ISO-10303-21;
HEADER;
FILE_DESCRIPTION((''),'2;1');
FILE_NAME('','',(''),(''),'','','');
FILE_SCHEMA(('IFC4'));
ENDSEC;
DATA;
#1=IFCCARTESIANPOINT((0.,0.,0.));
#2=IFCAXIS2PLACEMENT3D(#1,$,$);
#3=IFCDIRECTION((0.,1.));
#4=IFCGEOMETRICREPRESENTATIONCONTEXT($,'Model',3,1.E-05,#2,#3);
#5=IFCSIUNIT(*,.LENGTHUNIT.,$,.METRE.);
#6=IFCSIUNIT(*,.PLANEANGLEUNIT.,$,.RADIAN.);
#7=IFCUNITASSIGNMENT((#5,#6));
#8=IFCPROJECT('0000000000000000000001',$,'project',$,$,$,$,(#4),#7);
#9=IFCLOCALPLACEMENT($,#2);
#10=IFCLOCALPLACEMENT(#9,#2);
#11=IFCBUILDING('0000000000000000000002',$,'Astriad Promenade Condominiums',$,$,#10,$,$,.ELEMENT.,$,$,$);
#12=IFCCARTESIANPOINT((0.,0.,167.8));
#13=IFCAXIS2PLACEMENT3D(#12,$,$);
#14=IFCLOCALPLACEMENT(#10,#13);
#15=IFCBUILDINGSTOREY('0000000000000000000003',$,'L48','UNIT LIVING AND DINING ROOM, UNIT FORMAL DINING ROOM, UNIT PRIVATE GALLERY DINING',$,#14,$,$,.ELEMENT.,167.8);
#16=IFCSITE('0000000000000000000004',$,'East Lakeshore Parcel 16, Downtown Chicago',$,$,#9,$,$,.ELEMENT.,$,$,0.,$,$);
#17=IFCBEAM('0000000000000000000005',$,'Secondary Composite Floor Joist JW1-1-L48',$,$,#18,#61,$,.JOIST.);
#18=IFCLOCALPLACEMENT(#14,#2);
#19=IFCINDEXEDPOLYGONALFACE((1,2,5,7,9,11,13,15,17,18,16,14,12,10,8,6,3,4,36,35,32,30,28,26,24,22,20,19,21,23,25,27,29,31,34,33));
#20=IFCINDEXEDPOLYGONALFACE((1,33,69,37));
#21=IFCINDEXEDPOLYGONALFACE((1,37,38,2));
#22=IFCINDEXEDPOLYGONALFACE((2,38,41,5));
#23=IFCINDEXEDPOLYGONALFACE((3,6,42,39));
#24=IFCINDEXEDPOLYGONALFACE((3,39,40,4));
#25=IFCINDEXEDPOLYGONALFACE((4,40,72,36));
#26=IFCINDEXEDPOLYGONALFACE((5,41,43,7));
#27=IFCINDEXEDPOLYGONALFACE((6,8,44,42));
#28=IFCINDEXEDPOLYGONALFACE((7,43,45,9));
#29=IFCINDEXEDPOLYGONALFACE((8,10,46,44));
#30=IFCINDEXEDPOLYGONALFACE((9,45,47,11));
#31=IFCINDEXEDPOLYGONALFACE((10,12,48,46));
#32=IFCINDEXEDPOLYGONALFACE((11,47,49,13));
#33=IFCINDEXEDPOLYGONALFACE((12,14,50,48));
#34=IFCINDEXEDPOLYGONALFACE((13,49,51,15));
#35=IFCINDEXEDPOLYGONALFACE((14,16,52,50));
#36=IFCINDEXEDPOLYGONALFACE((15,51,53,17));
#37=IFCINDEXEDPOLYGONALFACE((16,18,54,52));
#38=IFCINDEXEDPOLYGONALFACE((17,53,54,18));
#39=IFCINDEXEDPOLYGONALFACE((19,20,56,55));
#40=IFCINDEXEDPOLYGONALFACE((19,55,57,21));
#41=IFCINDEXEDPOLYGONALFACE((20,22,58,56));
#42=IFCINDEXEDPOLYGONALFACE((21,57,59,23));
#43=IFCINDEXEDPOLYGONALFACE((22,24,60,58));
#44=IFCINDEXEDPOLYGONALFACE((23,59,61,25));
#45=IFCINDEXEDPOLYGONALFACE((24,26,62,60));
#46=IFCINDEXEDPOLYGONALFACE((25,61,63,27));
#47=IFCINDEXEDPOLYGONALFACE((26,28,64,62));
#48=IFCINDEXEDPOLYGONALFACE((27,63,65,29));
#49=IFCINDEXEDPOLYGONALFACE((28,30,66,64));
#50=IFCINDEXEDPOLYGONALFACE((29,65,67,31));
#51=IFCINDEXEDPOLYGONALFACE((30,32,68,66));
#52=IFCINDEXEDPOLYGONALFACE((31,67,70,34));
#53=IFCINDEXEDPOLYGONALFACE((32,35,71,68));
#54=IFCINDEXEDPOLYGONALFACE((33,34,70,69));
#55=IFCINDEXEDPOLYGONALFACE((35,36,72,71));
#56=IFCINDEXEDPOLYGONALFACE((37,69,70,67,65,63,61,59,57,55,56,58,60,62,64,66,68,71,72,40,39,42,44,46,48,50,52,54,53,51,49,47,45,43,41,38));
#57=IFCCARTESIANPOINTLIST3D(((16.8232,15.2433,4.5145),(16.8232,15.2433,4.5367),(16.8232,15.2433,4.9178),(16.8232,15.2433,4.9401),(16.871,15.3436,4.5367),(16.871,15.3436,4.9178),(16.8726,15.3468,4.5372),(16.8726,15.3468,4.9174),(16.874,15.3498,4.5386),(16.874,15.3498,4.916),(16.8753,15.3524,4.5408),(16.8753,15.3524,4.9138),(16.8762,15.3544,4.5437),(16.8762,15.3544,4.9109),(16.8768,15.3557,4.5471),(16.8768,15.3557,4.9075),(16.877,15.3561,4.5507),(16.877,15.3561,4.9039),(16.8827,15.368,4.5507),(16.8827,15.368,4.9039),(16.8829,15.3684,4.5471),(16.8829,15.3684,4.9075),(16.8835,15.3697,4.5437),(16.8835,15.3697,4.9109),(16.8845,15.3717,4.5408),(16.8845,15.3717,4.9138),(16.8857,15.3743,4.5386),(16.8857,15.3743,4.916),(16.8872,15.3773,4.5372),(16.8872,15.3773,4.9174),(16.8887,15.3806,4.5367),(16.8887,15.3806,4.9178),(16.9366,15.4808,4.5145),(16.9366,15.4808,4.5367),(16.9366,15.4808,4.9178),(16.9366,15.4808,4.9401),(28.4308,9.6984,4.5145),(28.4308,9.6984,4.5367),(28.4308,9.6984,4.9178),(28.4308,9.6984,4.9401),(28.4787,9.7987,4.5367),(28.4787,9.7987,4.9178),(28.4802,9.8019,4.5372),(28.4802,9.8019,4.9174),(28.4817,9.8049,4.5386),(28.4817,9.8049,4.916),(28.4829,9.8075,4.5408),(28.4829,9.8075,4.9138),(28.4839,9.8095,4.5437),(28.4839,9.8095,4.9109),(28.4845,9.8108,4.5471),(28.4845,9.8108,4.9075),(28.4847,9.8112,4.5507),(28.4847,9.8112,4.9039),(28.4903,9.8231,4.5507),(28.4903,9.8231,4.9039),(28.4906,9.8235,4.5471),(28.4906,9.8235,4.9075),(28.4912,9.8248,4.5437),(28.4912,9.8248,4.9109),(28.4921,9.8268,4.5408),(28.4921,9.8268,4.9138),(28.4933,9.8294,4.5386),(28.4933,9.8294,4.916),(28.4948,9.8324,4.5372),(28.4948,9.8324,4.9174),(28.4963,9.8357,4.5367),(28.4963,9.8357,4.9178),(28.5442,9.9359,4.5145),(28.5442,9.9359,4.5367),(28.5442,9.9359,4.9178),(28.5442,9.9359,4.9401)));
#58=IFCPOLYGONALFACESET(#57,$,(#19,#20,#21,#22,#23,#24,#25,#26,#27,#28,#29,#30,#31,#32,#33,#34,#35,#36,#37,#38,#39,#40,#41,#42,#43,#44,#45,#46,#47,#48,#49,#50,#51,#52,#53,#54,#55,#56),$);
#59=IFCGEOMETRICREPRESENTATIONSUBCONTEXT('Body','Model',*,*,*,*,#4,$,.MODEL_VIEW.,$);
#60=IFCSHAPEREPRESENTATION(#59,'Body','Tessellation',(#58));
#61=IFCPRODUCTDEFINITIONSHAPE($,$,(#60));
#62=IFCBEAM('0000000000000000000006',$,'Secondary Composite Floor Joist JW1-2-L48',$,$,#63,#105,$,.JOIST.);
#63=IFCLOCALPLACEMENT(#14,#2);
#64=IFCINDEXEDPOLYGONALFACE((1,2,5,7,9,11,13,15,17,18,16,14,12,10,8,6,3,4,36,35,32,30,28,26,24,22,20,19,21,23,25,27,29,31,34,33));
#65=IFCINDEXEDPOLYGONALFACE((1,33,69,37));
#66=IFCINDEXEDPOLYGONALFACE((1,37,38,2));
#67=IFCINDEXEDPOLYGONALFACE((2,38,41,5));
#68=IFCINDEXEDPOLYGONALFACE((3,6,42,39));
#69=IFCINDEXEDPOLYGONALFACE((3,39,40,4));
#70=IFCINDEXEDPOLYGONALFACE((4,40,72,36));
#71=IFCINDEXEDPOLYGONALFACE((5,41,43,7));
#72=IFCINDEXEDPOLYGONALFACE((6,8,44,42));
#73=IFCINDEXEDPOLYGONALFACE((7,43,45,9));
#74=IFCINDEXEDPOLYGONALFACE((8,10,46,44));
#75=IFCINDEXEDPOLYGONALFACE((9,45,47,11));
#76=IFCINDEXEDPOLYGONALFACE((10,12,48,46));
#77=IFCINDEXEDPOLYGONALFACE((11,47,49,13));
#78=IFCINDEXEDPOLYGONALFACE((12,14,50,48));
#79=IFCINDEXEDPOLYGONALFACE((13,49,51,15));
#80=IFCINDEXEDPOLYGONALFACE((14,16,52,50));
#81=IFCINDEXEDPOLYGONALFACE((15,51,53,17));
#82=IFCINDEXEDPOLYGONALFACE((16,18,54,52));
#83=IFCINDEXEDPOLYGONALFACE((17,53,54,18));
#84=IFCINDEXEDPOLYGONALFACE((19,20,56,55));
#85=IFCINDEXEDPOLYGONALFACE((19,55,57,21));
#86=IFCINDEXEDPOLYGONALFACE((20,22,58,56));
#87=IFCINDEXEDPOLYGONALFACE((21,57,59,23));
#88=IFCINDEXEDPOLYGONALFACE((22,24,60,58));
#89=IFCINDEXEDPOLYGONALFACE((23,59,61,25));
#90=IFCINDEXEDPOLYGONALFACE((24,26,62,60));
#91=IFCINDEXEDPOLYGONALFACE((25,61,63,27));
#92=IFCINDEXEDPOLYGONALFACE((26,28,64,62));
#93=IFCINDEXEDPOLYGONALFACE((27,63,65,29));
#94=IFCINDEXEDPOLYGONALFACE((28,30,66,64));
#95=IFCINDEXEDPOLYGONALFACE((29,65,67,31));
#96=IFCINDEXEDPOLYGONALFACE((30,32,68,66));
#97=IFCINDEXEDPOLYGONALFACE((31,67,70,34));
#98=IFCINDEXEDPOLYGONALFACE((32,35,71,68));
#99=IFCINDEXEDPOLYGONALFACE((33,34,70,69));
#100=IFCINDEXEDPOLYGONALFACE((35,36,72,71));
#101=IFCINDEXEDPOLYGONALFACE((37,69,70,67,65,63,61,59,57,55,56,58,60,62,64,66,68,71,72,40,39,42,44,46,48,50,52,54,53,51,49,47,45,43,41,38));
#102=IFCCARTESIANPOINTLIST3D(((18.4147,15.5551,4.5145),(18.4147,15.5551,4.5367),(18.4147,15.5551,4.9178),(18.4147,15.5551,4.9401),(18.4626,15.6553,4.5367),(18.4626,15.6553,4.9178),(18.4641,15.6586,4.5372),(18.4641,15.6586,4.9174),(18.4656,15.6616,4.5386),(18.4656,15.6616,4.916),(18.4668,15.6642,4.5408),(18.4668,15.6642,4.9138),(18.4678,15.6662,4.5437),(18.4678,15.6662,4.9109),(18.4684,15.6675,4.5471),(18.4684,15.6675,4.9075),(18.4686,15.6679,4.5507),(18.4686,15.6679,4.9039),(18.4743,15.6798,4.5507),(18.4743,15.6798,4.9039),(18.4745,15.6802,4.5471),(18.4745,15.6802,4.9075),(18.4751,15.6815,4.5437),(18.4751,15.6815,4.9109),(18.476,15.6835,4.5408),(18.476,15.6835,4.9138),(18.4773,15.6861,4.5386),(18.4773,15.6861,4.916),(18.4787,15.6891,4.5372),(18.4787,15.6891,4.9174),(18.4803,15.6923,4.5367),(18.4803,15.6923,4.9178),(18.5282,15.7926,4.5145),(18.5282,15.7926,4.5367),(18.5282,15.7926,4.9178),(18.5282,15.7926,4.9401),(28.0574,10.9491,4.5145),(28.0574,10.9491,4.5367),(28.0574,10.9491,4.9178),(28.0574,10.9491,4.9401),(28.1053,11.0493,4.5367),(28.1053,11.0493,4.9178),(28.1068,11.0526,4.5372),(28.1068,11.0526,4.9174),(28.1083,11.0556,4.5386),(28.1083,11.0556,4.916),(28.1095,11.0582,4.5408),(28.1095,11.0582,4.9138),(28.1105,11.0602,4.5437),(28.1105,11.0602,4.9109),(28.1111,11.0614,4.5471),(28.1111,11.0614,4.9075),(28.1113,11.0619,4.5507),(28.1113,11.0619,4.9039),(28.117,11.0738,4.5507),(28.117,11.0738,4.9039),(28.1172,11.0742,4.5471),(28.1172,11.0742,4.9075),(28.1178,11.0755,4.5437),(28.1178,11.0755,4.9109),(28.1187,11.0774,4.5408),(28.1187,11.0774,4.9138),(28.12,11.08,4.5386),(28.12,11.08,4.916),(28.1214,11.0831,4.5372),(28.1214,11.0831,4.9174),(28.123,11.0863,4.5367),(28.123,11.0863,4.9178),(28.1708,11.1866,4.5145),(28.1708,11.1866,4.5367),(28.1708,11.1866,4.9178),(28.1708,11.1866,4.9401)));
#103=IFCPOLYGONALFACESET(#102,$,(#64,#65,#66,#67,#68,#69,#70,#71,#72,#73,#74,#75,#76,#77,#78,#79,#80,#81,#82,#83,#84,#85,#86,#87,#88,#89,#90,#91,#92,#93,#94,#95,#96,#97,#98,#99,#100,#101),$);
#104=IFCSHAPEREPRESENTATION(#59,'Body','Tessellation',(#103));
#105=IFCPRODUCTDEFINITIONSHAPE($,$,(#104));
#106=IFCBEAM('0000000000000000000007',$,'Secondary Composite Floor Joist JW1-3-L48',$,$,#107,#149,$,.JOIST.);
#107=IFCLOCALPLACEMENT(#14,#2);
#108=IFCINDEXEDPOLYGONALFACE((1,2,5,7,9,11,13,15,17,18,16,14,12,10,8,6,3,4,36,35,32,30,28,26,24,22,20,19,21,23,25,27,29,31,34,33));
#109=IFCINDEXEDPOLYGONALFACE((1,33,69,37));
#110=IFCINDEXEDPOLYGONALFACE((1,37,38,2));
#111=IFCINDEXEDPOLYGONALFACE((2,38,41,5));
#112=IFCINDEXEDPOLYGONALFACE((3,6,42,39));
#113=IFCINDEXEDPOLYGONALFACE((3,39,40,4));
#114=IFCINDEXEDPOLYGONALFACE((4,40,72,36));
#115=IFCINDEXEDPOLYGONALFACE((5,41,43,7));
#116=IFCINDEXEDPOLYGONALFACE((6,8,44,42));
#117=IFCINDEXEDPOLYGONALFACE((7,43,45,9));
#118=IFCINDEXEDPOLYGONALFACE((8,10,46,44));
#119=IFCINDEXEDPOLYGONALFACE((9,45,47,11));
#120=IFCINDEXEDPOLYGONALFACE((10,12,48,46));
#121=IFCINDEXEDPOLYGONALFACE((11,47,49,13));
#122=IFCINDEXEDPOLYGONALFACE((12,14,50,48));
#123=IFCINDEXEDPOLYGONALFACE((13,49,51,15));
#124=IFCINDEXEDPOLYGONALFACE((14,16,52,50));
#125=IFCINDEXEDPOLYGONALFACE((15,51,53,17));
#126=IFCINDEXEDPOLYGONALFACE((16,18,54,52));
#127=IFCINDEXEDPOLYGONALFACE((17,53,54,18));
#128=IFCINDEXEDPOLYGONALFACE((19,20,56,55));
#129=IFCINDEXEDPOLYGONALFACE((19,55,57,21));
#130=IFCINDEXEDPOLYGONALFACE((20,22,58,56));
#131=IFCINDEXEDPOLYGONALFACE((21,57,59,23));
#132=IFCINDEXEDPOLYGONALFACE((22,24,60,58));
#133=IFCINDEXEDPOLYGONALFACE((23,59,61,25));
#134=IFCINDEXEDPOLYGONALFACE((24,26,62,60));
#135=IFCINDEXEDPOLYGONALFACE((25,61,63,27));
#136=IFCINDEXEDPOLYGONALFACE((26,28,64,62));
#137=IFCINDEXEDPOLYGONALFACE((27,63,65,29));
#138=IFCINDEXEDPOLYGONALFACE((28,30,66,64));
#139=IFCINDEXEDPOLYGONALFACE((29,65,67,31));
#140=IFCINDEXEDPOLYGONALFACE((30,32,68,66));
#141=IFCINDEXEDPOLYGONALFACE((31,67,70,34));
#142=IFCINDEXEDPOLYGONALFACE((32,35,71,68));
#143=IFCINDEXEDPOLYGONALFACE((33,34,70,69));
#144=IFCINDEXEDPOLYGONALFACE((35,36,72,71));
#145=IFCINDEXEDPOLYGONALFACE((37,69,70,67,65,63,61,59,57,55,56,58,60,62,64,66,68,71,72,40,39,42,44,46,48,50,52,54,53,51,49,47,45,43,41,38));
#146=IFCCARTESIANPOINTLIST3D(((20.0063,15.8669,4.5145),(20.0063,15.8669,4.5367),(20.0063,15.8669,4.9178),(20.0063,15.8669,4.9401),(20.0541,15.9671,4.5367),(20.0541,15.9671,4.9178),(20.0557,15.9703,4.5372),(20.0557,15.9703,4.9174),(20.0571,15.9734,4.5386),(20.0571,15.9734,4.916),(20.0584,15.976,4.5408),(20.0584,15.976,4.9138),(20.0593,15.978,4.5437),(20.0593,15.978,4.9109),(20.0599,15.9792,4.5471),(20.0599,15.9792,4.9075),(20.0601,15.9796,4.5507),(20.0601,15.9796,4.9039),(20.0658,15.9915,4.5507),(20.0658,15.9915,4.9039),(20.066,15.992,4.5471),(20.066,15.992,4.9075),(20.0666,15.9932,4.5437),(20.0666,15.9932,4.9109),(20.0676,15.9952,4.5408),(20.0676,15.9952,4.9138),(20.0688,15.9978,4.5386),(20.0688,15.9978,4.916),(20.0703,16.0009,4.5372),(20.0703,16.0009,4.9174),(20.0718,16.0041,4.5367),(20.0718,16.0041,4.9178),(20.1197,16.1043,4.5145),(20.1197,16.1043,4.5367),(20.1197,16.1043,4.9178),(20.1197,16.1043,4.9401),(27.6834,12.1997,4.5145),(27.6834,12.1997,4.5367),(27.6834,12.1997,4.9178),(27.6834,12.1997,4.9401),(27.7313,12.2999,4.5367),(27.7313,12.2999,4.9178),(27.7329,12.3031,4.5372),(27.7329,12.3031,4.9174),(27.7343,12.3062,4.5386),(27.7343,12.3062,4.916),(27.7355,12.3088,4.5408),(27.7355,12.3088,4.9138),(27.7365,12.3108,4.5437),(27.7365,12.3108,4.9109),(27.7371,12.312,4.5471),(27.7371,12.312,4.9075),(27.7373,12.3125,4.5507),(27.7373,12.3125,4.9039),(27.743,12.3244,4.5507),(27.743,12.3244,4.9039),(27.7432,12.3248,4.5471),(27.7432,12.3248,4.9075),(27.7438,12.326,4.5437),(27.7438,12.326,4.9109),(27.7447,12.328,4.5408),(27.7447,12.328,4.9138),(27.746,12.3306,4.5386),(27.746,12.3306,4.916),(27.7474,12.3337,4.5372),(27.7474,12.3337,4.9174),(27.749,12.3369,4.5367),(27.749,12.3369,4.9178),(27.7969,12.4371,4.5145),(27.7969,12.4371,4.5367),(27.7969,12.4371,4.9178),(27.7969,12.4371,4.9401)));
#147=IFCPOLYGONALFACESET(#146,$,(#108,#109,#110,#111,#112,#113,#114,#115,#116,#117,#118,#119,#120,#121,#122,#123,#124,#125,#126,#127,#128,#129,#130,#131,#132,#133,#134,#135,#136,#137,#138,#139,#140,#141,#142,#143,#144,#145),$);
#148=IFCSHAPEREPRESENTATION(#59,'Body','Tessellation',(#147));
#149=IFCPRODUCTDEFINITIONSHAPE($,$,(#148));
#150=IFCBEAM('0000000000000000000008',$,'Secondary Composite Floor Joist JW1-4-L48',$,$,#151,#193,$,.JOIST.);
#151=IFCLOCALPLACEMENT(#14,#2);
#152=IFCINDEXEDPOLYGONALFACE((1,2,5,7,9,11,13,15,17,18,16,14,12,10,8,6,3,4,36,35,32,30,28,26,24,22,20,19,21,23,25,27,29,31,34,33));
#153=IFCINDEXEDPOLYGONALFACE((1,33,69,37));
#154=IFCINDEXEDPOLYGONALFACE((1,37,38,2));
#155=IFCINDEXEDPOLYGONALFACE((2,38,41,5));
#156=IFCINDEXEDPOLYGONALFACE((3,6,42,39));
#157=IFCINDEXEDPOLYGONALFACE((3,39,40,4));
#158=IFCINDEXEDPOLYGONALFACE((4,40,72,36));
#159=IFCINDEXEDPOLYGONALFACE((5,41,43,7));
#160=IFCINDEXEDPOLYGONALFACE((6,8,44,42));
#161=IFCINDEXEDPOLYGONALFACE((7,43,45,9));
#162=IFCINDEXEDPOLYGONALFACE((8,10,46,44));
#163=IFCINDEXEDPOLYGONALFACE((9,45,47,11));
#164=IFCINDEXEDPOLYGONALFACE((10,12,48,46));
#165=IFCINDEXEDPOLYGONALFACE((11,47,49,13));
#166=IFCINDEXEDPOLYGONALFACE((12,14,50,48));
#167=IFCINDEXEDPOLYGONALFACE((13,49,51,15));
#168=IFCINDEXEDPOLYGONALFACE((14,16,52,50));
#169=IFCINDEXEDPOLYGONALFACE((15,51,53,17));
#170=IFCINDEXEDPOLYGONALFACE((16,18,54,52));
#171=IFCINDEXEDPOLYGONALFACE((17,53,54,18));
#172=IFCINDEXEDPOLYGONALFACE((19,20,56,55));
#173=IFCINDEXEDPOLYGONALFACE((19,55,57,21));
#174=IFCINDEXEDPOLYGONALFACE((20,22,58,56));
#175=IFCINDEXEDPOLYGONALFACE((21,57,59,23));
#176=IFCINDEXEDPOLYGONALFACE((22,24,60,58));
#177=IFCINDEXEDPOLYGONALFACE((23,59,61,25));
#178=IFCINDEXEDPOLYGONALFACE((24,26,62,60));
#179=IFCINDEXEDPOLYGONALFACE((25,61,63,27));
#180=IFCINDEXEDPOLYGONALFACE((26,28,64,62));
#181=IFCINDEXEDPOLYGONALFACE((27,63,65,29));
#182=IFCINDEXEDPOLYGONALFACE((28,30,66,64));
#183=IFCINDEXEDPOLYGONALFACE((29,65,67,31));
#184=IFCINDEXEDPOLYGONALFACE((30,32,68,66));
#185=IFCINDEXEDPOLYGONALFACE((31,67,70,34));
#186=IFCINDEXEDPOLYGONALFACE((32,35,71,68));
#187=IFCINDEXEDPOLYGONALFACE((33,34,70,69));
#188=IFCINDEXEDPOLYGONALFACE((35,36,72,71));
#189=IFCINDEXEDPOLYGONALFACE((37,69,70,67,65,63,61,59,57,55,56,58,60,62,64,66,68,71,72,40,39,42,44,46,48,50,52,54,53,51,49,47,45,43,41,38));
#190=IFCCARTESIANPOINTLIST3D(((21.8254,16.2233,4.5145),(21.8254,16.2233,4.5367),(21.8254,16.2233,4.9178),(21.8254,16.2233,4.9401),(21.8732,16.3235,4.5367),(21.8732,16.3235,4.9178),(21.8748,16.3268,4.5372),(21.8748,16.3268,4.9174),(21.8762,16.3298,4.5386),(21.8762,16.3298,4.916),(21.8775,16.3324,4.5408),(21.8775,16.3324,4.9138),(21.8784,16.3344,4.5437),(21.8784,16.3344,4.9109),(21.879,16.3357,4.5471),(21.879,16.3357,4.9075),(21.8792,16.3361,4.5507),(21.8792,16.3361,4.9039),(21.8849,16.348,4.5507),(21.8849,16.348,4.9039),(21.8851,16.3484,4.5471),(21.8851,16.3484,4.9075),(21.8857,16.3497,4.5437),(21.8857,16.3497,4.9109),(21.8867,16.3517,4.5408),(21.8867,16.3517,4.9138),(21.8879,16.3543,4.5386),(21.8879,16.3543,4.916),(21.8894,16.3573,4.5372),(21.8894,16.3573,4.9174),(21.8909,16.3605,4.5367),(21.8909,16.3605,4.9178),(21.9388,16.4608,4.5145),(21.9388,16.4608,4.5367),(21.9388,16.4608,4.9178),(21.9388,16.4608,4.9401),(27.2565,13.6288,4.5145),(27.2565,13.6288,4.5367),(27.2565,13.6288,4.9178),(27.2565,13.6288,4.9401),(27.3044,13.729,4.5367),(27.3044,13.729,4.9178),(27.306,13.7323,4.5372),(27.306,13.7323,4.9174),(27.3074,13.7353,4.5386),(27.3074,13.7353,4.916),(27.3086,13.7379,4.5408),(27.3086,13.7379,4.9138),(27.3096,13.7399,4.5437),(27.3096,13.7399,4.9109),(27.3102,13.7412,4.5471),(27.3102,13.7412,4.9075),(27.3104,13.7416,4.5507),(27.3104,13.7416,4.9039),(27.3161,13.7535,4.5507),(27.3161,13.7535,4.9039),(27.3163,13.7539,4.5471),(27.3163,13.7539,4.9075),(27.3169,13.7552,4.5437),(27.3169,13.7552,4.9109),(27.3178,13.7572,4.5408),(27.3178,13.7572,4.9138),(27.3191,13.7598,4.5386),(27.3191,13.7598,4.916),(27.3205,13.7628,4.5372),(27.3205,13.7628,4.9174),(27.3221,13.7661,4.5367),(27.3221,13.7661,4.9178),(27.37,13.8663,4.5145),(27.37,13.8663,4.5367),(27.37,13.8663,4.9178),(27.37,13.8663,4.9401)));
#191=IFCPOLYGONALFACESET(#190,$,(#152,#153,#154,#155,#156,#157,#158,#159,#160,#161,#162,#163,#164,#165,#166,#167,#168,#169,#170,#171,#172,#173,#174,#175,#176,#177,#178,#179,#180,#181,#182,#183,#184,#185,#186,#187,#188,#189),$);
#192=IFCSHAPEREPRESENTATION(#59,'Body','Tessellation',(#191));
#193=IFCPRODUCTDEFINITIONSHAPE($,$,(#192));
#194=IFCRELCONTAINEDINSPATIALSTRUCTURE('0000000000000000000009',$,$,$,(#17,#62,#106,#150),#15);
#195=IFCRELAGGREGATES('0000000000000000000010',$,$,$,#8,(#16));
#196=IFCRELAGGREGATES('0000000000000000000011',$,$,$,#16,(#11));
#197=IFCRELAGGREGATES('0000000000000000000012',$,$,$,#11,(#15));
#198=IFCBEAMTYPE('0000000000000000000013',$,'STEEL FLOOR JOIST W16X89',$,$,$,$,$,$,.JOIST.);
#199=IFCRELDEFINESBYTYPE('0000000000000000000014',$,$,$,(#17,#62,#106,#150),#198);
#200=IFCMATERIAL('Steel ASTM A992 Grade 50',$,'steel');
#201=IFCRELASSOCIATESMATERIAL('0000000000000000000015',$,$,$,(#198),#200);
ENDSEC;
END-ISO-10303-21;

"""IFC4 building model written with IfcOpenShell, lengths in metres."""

from ifc_helpers import new_model, si_unit, direction, frame, origin, origin_2d, place, context, subcontext, project, spatial, i_section, extrude, source, transform, mapped, material, material_profile, profile_set, type_object, element, save


model = new_model("IFC4")

# Units and contexts
model_context = context("Model", 3, precision=1e-05, world=origin(), true_north=direction((0.0, 1.0)))
body_context = subcontext(model_context, "Body", "Model", "MODEL_VIEW")
ifc_project = project(units=[si_unit("LENGTHUNIT", "METRE"), si_unit("PLANEANGLEUNIT", "RADIAN")], contexts=[model_context])

# Site, building, storey
site_placement = place(None, origin())
site = spatial("IfcSite", under=ifc_project, at=site_placement, Name="East Lakeshore Parcel 16, Downtown Chicago", CompositionType="ELEMENT", RefElevation=0.0)
building_placement = place(site_placement, origin())
building = spatial("IfcBuilding", under=site, at=building_placement, Name="Astriad Promenade Condominiums", CompositionType="ELEMENT")
storey_placement = place(building_placement, frame((0.0, 0.0, 167.8)))
storey = spatial("IfcBuildingStorey", under=building, at=storey_placement, Name="L48", Description="UNIT LIVING AND DINING ROOM, UNIT FORMAL DINING ROOM, UNIT PRIVATE GALLERY DINING", CompositionType="ELEMENT", Elevation=167.8)

# Beams
ifc_material_1 = material(Name="Steel ASTM A992 Grade 50", Category="steel")
ifc_material_profile_1 = material_profile(ifc_material_1, i_section(OverallWidth=0.2632, OverallDepth=0.4255, WebThickness=0.0132, FlangeThickness=0.0222, FilletRadius=0.0139, at=origin_2d()), Name="W16X89")
ifc_profile_set_1 = profile_set([ifc_material_profile_1], Name="Steel ASTM A992 Grade 50")
beam_type = type_object("IfcBeamType", Name="STEEL FLOOR JOIST W16X89", PredefinedType="JOIST", material=ifc_profile_set_1)
shared_shape_1 = source(origin(), body_context, "Body", "SweptSolid", [
    extrude(i_section(OverallWidth=0.2632, OverallDepth=0.4255, WebThickness=0.0132, FlangeThickness=0.0222, FilletRadius=0.0139, at=origin_2d()), origin(), (0.0, 0.0, 1.0), 12.864),
])
beam_1_placement = place(storey_placement, frame((16.8799, 15.3621, 4.7273), z_axis=(0.902333, -0.43104, 0.0), x_axis=(0.43104, 0.902333, 0.0)))
element("IfcBeam", 1, at=beam_1_placement, inside=storey, type_object=beam_type, Name="Secondary Composite Floor Joist JW1-1-L48", PredefinedType="JOIST", context=body_context, shape_type="MappedRepresentation", body=[
    mapped(shared_shape_1, transform((0.0, 0.0, 0.0), scale=1.0)),
])
shared_shape_2 = source(origin(), body_context, "Body", "SweptSolid", [
    extrude(i_section(OverallWidth=0.2632, OverallDepth=0.4255, WebThickness=0.0132, FlangeThickness=0.0222, FilletRadius=0.0139, at=origin_2d()), origin(), (0.0, 0.0, 1.0), 10.6863),
])
beam_2_placement = place(storey_placement, frame((18.4714, 15.6738, 4.7273), z_axis=(0.902342, -0.431021, 0.0), x_axis=(0.431021, 0.902342, 0.0)))
element("IfcBeam", 2, at=beam_2_placement, inside=storey, type_object=beam_type, Name="Secondary Composite Floor Joist JW1-2-L48", PredefinedType="JOIST", context=body_context, shape_type="MappedRepresentation", body=[
    mapped(shared_shape_2, transform((0.0, 0.0, 0.0), scale=1.0)),
])
shared_shape_3 = source(origin(), body_context, "Body", "SweptSolid", [
    extrude(i_section(OverallWidth=0.2632, OverallDepth=0.4255, WebThickness=0.0132, FlangeThickness=0.0222, FilletRadius=0.0139, at=origin_2d()), origin(), (0.0, 0.0, 1.0), 8.5081),
])
beam_3_placement = place(storey_placement, frame((20.063, 15.9856, 4.7273), z_axis=(0.90234, -0.431026, 0.0), x_axis=(0.431026, 0.90234, 0.0)))
element("IfcBeam", 3, at=beam_3_placement, inside=storey, type_object=beam_type, Name="Secondary Composite Floor Joist JW1-3-L48", PredefinedType="JOIST", context=body_context, shape_type="MappedRepresentation", body=[
    mapped(shared_shape_3, transform((0.0, 0.0, 0.0), scale=1.0)),
])
shared_shape_4 = source(origin(), body_context, "Body", "SweptSolid", [
    extrude(i_section(OverallWidth=0.2632, OverallDepth=0.4255, WebThickness=0.0132, FlangeThickness=0.0222, FilletRadius=0.0139, at=origin_2d()), origin(), (0.0, 0.0, 1.0), 6.019),
])
beam_4_placement = place(storey_placement, frame((21.8821, 16.342, 4.7273), z_axis=(0.90233, -0.431046, 0.0), x_axis=(0.431046, 0.90233, 0.0)))
element("IfcBeam", 4, at=beam_4_placement, inside=storey, type_object=beam_type, Name="Secondary Composite Floor Joist JW1-4-L48", PredefinedType="JOIST", context=body_context, shape_type="MappedRepresentation", body=[
    mapped(shared_shape_4, transform((0.0, 0.0, 0.0), scale=1.0)),
])

save(model, "model.ifc")
